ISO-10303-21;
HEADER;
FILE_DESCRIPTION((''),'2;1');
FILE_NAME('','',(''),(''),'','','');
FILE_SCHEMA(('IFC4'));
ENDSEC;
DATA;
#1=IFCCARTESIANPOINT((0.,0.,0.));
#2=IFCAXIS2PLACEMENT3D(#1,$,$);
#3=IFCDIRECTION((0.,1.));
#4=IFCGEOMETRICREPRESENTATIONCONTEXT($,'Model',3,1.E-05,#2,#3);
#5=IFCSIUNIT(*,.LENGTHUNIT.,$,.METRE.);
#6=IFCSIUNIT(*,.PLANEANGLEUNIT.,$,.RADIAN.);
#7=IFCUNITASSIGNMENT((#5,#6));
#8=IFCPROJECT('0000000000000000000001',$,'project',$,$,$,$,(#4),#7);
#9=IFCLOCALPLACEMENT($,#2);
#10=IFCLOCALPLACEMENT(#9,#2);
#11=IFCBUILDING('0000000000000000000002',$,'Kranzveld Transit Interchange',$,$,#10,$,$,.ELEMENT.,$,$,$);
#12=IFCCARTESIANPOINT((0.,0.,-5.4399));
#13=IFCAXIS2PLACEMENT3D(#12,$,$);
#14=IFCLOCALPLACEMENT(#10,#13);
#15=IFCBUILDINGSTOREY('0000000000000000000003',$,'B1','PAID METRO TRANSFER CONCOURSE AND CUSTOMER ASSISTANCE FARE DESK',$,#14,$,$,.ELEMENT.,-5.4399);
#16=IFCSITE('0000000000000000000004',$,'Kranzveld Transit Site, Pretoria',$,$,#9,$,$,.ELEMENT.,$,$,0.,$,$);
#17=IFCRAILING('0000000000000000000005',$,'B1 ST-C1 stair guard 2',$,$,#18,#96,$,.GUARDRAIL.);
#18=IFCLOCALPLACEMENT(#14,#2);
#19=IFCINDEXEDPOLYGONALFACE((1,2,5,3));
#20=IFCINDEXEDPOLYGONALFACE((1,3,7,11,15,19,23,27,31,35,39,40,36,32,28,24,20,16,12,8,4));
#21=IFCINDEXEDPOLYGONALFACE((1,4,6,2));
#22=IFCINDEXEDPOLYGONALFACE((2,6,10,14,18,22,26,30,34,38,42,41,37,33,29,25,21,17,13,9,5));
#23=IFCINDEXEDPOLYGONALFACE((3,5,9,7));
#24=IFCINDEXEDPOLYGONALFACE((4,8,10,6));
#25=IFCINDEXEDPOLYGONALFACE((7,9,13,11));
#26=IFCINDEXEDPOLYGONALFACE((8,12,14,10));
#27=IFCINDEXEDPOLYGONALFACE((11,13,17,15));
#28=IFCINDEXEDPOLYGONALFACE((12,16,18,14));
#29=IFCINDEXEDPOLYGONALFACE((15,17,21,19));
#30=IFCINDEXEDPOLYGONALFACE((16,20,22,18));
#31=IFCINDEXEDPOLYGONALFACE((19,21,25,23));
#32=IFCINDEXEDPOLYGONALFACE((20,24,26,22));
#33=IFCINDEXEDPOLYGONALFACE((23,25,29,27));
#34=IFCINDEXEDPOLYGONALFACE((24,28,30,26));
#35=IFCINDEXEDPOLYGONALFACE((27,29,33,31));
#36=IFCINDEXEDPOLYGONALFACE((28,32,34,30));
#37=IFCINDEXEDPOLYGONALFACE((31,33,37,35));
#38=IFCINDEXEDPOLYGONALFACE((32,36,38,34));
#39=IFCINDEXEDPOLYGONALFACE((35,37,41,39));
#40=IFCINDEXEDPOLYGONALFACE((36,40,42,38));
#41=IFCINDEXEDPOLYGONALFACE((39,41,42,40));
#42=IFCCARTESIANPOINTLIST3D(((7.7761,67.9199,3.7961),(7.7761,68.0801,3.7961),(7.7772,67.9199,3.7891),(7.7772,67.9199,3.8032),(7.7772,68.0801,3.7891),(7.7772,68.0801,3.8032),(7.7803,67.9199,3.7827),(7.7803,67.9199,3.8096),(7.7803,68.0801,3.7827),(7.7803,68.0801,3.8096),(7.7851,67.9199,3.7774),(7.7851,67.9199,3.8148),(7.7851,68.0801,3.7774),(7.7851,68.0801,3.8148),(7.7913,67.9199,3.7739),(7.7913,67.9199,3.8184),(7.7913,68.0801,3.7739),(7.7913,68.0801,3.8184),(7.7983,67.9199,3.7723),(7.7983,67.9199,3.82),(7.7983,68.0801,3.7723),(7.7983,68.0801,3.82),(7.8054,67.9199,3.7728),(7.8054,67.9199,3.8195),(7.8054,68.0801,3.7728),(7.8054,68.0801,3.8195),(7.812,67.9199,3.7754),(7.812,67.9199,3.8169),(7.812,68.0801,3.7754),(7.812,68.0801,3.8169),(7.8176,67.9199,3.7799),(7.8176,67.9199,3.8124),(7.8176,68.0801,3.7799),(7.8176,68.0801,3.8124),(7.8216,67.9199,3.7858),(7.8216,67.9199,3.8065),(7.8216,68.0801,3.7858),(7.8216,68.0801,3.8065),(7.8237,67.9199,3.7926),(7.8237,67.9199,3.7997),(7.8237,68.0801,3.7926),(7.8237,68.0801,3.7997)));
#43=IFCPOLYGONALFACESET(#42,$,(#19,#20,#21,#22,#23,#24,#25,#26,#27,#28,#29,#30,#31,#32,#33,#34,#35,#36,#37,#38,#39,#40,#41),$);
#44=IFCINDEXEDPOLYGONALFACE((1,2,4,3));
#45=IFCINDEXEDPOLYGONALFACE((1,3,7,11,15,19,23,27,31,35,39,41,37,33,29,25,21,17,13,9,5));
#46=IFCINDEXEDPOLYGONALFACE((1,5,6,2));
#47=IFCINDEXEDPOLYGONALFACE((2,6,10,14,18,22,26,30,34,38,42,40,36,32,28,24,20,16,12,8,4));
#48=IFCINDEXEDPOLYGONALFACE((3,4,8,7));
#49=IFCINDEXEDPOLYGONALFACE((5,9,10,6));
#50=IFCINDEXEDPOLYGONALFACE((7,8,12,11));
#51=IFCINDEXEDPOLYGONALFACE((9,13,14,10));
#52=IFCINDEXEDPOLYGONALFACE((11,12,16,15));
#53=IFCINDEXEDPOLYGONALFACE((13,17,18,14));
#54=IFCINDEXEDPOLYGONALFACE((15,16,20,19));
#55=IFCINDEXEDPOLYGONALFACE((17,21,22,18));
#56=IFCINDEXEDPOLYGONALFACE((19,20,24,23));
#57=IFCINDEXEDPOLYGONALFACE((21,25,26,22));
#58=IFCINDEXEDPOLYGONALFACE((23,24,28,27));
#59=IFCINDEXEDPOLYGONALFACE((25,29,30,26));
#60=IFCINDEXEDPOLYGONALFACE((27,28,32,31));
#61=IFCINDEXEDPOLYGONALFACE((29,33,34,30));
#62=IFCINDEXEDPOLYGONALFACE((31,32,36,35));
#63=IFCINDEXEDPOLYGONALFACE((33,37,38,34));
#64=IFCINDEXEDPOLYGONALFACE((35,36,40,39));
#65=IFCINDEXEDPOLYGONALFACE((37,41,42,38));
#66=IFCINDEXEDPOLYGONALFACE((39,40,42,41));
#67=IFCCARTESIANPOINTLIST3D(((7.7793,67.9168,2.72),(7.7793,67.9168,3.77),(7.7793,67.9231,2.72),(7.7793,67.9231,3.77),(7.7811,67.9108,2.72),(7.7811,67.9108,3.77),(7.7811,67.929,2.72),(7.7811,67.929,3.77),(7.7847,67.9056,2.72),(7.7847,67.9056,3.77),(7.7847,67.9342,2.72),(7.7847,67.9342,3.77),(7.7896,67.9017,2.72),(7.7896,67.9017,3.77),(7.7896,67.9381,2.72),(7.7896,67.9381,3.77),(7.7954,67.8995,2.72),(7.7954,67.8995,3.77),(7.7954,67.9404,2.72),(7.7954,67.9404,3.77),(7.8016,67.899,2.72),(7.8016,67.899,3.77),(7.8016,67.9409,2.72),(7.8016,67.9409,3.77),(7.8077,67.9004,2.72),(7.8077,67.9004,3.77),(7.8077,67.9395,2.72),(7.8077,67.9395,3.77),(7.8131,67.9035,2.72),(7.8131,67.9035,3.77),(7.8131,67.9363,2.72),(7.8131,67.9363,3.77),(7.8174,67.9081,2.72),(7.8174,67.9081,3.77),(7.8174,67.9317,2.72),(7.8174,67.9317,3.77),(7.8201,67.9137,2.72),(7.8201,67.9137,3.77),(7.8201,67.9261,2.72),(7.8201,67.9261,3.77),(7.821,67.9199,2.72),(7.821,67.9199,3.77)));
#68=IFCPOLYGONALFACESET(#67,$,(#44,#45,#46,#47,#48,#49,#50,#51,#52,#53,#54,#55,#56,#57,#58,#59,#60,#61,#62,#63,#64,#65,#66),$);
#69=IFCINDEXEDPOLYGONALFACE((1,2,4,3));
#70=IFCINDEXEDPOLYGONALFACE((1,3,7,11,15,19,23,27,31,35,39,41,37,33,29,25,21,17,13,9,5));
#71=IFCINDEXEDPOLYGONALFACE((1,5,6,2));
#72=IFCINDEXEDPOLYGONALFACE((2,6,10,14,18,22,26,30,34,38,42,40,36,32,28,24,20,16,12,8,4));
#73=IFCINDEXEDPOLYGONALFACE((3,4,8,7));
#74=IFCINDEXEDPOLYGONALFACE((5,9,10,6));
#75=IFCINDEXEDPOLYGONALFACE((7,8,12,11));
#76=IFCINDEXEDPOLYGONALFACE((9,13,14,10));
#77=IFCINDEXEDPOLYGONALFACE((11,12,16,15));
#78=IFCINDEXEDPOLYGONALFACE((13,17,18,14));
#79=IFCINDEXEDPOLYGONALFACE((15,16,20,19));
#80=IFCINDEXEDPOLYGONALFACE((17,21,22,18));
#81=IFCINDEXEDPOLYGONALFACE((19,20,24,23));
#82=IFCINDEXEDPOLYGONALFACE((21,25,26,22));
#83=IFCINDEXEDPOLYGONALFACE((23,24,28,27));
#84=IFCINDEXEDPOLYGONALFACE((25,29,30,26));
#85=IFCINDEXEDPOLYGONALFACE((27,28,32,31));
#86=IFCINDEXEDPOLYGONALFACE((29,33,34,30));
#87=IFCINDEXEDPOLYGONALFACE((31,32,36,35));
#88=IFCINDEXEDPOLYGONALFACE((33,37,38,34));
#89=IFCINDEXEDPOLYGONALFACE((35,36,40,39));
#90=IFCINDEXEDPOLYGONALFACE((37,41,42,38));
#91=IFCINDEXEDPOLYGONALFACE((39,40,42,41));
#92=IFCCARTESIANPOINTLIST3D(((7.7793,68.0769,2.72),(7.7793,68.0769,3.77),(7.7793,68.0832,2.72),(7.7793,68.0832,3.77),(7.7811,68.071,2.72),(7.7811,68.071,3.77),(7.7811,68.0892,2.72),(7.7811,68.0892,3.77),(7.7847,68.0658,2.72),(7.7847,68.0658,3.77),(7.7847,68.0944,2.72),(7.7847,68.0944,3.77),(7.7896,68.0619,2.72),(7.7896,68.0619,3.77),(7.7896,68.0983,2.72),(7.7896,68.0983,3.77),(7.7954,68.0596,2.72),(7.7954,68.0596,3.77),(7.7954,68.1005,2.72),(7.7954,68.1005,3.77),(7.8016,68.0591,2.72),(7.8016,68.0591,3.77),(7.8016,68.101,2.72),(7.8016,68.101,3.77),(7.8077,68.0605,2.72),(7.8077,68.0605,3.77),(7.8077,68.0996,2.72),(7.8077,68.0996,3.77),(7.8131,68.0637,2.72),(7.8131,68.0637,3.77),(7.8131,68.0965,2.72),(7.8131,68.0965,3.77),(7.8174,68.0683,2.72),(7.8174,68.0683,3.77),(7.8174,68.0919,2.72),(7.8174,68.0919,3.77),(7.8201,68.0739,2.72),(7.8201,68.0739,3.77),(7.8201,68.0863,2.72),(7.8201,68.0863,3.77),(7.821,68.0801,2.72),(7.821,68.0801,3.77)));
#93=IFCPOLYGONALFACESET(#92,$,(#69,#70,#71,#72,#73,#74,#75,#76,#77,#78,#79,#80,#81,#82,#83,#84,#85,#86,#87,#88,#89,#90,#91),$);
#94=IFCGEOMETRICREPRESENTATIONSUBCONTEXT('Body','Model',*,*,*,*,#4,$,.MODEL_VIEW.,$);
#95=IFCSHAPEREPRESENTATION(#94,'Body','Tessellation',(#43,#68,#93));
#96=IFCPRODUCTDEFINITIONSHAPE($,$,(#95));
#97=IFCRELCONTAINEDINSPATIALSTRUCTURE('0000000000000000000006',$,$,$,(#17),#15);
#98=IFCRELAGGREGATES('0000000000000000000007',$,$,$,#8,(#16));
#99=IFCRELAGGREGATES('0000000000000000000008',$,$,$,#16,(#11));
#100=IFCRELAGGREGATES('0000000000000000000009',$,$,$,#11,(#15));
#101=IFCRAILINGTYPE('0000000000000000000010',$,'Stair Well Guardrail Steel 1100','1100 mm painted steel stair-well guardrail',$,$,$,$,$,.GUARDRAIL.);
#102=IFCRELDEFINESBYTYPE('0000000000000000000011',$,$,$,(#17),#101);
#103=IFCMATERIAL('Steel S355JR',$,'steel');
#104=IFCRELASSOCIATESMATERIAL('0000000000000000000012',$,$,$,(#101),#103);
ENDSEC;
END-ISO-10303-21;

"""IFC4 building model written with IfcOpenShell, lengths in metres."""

from ifc_helpers import new_model, si_unit, direction, frame, origin, origin_2d, place, context, subcontext, project, spatial, circle, extrude, material, type_object, element, save


model = new_model("IFC4")

# Units and contexts
model_context = context("Model", 3, precision=1e-05, world=origin(), true_north=direction((0.0, 1.0)))
body_context = subcontext(model_context, "Body", "Model", "MODEL_VIEW")
ifc_project = project(units=[si_unit("LENGTHUNIT", "METRE"), si_unit("PLANEANGLEUNIT", "RADIAN")], contexts=[model_context])

# Site, building, storey
site_placement = place(None, origin())
site = spatial("IfcSite", under=ifc_project, at=site_placement, Name="Kranzveld Transit Site, Pretoria", CompositionType="ELEMENT", RefElevation=0.0)
building_placement = place(site_placement, origin())
building = spatial("IfcBuilding", under=site, at=building_placement, Name="Kranzveld Transit Interchange", CompositionType="ELEMENT")
storey_placement = place(building_placement, frame((0.0, 0.0, -5.4399)))
storey = spatial("IfcBuildingStorey", under=building, at=storey_placement, Name="B1", Description="PAID METRO TRANSFER CONCOURSE AND CUSTOMER ASSISTANCE FARE DESK", CompositionType="ELEMENT", Elevation=-5.4399)

# Railing
ifc_material_1 = material(Name="Steel S355JR", Category="steel")
railing_type_1 = type_object("IfcRailingType", Name="Stair Well Guardrail Steel 1100", Description="1100 mm painted steel stair-well guardrail", PredefinedType="GUARDRAIL", material=ifc_material_1)
railing_1_placement = place(storey_placement, frame((7.8, 67.9199, 2.72)))
element("IfcRailing", 1, at=railing_1_placement, inside=storey, type_object=railing_type_1, Name="B1 ST-C1 stair guard 2", PredefinedType="GUARDRAIL", context=body_context, shape_type="SweptSolid", body=[
    extrude(circle(Radius=0.0239, at=origin_2d()), frame((0.0, 0.0, 1.0762), z_axis=(0.0, 1.0, 0.0), x_axis=(-1.0, 0.0, 0.0)), (0.0, 0.0, 1.0), 0.1602),
    extrude(circle(Radius=0.021, at=origin_2d()), origin(), (0.0, 0.0, 1.0), 1.05),
    extrude(circle(Radius=0.021, at=origin_2d()), frame((0.0, 0.1602, 0.0)), (0.0, 0.0, 1.0), 1.05),
])

save(model, "model.ifc")
